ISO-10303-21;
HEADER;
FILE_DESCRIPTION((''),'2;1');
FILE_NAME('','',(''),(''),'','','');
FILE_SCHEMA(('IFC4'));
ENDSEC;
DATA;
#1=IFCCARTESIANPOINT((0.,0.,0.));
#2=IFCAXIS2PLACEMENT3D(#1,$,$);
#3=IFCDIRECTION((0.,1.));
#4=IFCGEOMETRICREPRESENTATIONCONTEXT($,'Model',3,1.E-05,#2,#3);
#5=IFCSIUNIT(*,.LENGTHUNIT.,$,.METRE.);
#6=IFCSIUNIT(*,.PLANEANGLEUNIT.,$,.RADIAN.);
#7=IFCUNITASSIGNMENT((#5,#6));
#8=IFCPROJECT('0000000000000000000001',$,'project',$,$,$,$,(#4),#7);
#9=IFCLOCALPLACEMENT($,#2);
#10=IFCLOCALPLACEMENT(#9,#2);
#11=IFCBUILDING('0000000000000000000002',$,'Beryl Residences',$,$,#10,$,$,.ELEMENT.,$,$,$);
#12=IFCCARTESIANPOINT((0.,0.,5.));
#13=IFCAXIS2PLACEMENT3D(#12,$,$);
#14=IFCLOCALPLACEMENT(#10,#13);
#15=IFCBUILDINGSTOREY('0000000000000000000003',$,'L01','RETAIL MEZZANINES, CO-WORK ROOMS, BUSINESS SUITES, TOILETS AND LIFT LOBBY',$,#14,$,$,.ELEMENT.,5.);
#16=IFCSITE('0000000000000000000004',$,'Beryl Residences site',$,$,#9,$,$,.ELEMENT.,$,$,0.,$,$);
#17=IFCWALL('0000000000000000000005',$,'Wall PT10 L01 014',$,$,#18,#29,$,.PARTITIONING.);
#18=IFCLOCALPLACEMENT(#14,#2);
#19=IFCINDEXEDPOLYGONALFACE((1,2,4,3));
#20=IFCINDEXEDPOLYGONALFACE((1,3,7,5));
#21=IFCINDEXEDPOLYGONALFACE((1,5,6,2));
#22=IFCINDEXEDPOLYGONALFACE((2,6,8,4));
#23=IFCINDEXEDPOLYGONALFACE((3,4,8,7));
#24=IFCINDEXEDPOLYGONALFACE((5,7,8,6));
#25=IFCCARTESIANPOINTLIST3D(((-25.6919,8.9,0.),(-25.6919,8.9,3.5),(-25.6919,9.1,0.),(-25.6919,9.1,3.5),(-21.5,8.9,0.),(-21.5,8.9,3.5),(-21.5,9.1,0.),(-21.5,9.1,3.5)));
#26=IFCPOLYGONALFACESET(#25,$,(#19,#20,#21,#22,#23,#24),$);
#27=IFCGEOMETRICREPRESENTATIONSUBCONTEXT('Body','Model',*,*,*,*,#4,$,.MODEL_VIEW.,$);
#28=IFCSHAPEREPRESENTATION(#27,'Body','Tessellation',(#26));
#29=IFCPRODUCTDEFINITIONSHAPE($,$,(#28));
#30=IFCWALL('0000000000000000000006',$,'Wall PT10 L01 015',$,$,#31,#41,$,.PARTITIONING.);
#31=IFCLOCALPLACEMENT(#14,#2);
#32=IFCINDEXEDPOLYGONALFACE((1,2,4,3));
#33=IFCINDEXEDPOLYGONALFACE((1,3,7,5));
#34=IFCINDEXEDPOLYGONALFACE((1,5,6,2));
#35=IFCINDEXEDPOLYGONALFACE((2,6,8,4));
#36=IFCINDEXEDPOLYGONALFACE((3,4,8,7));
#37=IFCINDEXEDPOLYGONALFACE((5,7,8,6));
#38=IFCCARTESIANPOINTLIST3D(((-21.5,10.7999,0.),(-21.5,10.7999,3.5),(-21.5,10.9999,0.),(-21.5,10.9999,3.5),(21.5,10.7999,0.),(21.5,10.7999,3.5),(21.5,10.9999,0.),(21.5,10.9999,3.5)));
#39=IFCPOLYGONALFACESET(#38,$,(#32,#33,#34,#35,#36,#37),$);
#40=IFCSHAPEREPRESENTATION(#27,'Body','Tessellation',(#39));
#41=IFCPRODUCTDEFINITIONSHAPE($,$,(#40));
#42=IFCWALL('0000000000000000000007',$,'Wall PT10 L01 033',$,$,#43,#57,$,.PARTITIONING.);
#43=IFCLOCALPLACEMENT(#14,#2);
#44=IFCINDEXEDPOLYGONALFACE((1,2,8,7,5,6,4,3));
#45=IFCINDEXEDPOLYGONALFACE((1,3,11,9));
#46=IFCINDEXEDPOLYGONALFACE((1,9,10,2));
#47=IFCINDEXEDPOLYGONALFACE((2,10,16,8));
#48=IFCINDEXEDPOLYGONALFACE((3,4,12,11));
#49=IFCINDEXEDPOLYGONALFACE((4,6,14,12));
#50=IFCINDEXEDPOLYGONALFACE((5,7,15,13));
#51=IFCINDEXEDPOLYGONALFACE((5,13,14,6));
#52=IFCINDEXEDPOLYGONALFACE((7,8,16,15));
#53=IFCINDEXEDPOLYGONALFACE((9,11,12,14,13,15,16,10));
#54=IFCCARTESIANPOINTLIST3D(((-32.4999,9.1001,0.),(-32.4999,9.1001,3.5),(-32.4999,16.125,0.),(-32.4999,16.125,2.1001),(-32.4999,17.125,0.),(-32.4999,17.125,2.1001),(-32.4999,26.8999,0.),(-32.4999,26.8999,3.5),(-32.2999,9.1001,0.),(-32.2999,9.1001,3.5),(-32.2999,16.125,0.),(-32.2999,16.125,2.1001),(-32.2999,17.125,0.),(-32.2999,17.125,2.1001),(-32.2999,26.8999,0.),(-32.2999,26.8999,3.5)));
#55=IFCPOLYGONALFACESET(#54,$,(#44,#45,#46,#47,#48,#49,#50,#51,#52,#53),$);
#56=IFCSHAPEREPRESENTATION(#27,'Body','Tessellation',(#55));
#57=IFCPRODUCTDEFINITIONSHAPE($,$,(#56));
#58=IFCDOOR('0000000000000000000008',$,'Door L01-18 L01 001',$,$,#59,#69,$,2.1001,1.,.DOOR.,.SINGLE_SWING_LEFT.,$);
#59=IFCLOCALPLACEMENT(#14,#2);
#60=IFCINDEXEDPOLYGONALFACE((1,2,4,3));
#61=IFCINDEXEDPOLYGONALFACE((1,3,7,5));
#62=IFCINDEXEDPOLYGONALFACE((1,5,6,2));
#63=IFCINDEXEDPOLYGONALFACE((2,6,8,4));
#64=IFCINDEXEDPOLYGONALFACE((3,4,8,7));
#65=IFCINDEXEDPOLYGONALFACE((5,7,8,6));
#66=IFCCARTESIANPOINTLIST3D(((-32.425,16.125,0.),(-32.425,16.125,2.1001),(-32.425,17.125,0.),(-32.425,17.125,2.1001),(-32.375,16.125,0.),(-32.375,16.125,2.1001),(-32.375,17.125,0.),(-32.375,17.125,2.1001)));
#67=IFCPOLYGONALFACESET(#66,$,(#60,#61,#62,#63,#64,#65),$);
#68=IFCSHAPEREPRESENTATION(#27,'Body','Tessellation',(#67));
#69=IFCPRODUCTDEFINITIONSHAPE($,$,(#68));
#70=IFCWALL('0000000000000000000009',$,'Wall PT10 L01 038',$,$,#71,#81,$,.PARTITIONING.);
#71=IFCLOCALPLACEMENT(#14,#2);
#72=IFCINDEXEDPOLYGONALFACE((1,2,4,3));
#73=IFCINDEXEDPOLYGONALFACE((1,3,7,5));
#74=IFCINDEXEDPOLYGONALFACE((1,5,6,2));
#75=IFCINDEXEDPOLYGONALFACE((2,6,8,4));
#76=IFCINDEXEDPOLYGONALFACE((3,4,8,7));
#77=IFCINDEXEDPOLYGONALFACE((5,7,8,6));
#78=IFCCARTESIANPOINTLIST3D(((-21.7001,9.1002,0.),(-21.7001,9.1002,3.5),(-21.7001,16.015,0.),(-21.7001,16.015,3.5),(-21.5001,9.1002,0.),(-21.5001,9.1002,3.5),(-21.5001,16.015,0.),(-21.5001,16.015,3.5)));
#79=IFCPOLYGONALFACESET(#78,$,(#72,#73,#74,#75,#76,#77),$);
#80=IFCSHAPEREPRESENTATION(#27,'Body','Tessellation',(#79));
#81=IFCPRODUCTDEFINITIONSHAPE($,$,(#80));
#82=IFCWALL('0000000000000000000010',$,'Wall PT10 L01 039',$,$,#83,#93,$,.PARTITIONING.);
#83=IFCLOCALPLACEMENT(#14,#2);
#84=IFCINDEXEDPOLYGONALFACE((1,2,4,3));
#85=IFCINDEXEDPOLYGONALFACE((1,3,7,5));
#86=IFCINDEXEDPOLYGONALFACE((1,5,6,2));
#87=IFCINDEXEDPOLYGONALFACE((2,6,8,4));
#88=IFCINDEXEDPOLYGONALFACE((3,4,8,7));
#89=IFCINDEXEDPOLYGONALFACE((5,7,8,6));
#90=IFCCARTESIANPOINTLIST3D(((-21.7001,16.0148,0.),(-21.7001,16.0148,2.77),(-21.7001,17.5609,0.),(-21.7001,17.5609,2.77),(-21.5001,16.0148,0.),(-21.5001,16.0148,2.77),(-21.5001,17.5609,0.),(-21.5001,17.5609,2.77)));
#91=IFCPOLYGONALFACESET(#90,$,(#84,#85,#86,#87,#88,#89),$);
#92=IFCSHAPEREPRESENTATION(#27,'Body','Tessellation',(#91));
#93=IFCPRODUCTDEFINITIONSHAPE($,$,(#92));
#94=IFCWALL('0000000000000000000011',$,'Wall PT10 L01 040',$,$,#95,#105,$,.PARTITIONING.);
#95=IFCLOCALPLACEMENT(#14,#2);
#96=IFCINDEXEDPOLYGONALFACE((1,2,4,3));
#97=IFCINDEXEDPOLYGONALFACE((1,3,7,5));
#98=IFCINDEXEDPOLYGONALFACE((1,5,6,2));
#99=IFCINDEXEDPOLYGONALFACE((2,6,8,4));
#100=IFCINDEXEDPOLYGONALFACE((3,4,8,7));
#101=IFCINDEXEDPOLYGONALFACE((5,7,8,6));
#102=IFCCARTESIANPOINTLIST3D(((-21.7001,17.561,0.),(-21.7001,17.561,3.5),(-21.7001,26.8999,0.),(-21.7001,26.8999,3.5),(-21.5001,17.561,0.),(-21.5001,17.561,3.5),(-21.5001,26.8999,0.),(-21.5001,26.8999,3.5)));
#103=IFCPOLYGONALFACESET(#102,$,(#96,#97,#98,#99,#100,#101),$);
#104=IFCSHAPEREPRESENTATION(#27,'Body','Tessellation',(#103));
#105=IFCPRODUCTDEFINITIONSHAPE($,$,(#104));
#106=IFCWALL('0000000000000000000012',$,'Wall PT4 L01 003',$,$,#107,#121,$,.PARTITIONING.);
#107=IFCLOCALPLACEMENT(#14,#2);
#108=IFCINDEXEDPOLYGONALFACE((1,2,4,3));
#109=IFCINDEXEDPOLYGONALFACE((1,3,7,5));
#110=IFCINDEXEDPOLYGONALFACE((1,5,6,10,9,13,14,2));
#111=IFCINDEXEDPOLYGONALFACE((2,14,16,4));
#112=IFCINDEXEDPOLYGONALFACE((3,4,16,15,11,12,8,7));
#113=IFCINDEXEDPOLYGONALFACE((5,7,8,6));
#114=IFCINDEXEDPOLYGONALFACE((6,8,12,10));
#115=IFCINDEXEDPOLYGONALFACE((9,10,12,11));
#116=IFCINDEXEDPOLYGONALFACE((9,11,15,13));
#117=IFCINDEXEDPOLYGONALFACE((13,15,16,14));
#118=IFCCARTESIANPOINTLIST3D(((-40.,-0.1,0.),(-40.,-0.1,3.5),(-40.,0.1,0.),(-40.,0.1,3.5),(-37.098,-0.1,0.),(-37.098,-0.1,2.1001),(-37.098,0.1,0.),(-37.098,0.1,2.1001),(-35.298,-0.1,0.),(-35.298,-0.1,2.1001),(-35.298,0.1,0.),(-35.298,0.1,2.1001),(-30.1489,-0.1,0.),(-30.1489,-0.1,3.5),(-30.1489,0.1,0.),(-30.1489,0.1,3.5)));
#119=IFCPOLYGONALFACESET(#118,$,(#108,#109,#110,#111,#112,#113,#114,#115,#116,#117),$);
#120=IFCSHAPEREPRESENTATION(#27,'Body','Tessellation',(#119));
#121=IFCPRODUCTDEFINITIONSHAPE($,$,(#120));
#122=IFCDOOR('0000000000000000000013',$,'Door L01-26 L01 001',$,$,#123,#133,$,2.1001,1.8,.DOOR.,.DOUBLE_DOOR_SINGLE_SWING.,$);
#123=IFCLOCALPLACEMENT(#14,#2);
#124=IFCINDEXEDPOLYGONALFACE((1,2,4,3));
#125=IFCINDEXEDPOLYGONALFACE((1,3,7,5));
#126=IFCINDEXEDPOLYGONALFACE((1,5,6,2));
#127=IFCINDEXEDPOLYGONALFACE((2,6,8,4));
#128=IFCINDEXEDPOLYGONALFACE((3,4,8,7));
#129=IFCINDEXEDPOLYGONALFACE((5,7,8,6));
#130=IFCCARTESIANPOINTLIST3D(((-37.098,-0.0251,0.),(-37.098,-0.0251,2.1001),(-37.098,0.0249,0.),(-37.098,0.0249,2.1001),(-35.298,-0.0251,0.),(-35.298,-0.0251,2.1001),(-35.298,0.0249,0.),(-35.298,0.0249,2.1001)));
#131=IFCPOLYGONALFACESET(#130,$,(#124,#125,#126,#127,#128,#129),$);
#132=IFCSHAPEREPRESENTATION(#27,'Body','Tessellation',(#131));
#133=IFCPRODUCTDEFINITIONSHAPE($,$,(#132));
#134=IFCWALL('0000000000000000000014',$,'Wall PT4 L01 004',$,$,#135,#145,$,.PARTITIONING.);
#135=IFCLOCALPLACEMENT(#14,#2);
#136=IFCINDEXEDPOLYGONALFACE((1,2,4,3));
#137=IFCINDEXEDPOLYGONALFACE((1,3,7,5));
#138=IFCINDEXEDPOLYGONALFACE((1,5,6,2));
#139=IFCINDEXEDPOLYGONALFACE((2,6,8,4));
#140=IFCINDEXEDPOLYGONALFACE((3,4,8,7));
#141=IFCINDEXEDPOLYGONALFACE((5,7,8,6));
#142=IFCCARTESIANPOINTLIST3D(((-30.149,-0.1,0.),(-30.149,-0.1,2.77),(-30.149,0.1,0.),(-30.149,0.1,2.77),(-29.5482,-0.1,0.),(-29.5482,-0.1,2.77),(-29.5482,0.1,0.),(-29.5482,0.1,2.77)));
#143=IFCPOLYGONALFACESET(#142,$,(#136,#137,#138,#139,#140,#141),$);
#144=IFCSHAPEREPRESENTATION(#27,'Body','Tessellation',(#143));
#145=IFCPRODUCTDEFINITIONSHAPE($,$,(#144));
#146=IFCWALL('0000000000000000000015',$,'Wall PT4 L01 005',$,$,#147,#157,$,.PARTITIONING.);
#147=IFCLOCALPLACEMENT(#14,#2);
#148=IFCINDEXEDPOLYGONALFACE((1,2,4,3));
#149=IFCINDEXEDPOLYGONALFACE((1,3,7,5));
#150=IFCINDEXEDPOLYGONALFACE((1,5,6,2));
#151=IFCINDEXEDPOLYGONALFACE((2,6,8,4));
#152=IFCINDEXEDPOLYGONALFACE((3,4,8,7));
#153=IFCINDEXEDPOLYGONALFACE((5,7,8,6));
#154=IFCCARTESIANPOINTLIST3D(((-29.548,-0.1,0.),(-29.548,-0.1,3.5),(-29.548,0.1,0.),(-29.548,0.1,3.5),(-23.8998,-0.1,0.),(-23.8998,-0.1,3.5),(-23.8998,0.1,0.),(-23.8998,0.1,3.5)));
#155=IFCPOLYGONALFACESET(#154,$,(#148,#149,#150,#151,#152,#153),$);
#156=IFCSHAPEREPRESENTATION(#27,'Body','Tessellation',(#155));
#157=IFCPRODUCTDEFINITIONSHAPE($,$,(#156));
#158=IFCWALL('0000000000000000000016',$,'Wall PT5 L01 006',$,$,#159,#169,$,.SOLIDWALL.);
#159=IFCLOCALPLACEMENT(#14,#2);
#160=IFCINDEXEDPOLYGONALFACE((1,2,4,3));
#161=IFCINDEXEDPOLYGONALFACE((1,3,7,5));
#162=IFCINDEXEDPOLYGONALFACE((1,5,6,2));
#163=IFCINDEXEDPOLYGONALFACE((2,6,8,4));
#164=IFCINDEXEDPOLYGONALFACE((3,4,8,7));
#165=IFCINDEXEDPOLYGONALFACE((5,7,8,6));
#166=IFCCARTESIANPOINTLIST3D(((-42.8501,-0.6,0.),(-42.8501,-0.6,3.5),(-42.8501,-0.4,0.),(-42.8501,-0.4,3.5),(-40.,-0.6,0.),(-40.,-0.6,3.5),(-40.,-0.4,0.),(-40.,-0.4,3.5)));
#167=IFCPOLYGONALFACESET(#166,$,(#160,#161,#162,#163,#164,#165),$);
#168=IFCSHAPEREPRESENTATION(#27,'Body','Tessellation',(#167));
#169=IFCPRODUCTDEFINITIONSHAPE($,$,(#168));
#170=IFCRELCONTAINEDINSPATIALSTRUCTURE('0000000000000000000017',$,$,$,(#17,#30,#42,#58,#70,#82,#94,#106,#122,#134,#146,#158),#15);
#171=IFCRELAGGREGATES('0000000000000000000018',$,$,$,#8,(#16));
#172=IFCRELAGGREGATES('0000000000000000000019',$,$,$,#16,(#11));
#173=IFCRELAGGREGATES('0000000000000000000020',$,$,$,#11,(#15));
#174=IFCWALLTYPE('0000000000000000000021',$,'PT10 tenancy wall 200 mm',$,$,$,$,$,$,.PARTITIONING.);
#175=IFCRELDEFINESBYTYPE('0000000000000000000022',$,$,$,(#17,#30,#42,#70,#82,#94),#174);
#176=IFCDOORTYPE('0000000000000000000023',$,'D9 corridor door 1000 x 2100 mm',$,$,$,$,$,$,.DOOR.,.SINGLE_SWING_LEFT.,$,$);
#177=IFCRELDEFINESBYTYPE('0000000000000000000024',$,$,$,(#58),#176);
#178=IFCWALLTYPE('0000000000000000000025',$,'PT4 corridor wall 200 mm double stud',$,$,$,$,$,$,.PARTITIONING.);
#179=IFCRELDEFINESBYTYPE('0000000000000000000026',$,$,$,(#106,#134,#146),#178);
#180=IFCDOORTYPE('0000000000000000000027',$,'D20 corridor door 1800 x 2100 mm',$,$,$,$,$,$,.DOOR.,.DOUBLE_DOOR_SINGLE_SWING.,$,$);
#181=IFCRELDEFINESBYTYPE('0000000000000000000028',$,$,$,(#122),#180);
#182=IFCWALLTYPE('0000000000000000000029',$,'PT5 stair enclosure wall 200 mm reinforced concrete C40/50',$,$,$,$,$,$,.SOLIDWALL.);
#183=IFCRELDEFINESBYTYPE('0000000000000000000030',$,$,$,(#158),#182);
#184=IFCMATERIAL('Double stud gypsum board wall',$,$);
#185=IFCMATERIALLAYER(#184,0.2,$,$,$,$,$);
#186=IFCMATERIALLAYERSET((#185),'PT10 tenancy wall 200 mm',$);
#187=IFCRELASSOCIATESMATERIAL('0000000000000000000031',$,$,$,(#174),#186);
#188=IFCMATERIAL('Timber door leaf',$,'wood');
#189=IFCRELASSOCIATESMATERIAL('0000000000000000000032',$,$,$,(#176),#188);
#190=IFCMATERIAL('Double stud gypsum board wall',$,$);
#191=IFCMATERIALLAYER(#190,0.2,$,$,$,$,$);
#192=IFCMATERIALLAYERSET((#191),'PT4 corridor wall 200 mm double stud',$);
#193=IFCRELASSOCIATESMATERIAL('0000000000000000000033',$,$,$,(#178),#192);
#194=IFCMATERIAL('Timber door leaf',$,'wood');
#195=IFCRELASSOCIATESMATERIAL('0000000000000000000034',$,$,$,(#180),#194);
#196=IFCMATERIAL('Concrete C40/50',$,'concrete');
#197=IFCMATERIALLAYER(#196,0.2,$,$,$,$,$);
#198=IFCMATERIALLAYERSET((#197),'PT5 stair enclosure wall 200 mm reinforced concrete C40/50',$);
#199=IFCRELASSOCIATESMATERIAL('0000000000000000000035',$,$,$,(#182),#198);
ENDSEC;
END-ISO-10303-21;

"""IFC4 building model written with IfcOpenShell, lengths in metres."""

from ifc_helpers import new_model, si_unit, direction, frame, frame_2d, origin, place, context, subcontext, project, spatial, rectangle, extrude, material, layer, layer_set, type_object, element, fill, save


model = new_model("IFC4")

# Units and contexts
model_context = context("Model", 3, precision=1e-05, world=origin(), true_north=direction((0.0, 1.0)))
body_context = subcontext(model_context, "Body", "Model", "MODEL_VIEW")
ifc_project = project(units=[si_unit("LENGTHUNIT", "METRE"), si_unit("PLANEANGLEUNIT", "RADIAN")], contexts=[model_context])

# Site, building, storey
site_placement = place(None, origin())
site = spatial("IfcSite", under=ifc_project, at=site_placement, Name="Beryl Residences site", CompositionType="ELEMENT", RefElevation=0.0)
building_placement = place(site_placement, origin())
building = spatial("IfcBuilding", under=site, at=building_placement, Name="Beryl Residences", CompositionType="ELEMENT")
storey_placement = place(building_placement, frame((0.0, 0.0, 5.0)))
storey = spatial("IfcBuildingStorey", under=building, at=storey_placement, Name="L01", Description="RETAIL MEZZANINES, CO-WORK ROOMS, BUSINESS SUITES, TOILETS AND LIFT LOBBY", CompositionType="ELEMENT", Elevation=5.0)

# Walls
ifc_material_1 = material(Name="Double stud gypsum board wall")
ifc_layer_1 = layer(ifc_material_1, 0.2)
ifc_layer_set_1 = layer_set([ifc_layer_1], Name="PT10 tenancy wall 200 mm")
wall_type_1 = type_object("IfcWallType", Name="PT10 tenancy wall 200 mm", PredefinedType="PARTITIONING", material=ifc_layer_set_1)
wall_1_placement = place(storey_placement, frame((-25.6919, 9.0, 0.0), z_axis=(0.0, 0.0, 1.0), x_axis=(1.0, 0.0, 0.0)))
element("IfcWall", 1, at=wall_1_placement, inside=storey, type_object=wall_type_1, Name="Wall PT10 L01 014", PredefinedType="PARTITIONING", context=body_context, shape_type="SweptSolid", body=[
    extrude(rectangle(XDim=4.1919, YDim=0.2, at=frame_2d((2.0959, 0.0))), origin(), (0.0, 0.0, 1.0), 3.5),
])
wall_2_placement = place(storey_placement, frame((-21.5, 10.8999, 0.0), z_axis=(0.0, 0.0, 1.0), x_axis=(1.0, 0.0, 0.0)))
element("IfcWall", 2, at=wall_2_placement, inside=storey, type_object=wall_type_1, Name="Wall PT10 L01 015", PredefinedType="PARTITIONING", context=body_context, shape_type="SweptSolid", body=[
    extrude(rectangle(XDim=43.0, YDim=0.2, at=frame_2d((21.5, 0.0))), origin(), (0.0, 0.0, 1.0), 3.5),
])

# Wall, opening, door
wall_3_placement = place(storey_placement, frame((-32.3999, 9.1001, 0.0), z_axis=(0.0, 0.0, 1.0), x_axis=(0.0, 1.0, 0.0)))
wall_3 = element("IfcWall", 3, at=wall_3_placement, inside=storey, type_object=wall_type_1, Name="Wall PT10 L01 033", PredefinedType="PARTITIONING", context=body_context, shape_type="SweptSolid", body=[
    extrude(rectangle(XDim=17.7998, YDim=0.2, at=frame_2d((8.8999, 0.0))), origin(), (0.0, 0.0, 1.0), 3.5),
])
opening_1_placement = place(wall_3_placement, frame((8.0249, 0.0, 0.0), z_axis=(0.0, 0.0, 1.0), x_axis=(-1.0, 0.0, 0.0)))
opening_1 = element("IfcOpeningElement", 4, at=opening_1_placement, cuts=wall_3, PredefinedType="OPENING", context=body_context, shape_type="SweptSolid", body=[
    extrude(rectangle(XDim=1.0, YDim=2.1001, at=frame_2d((0.5, 1.05))), frame((0.0, 0.1099, 0.0), z_axis=(0.0, -1.0, 0.0), x_axis=(1.0, 0.0, 0.0)), (0.0, 0.0, 1.0), 0.22),
])
ifc_material_2 = material(Name="Timber door leaf", Category="wood")
door_type_1 = type_object("IfcDoorType", Name="D9 corridor door 1000 x 2100 mm", OperationType="SINGLE_SWING_LEFT", PredefinedType="DOOR", material=ifc_material_2)
door_1_placement = place(opening_1_placement, origin())
door_1 = element("IfcDoor", 5, at=door_1_placement, inside=storey, type_object=door_type_1, Name="Door L01-18 L01 001", OperationType="SINGLE_SWING_LEFT", OverallHeight=2.1001, OverallWidth=1.0, PredefinedType="DOOR", context=body_context, shape_type="SweptSolid", body=[
    extrude(rectangle(XDim=1.0, YDim=2.1001, at=frame_2d((0.5, 1.05))), frame((0.0, 0.0249, 0.0), z_axis=(0.0, -1.0, 0.0), x_axis=(1.0, 0.0, 0.0)), (0.0, 0.0, 1.0), 0.05),
])
fill(opening_1, door_1)

# Walls
wall_4_placement = place(storey_placement, frame((-21.6001, 9.1001, 0.0), z_axis=(0.0, 0.0, 1.0), x_axis=(0.0, 1.0, 0.0)))
element("IfcWall", 6, at=wall_4_placement, inside=storey, type_object=wall_type_1, Name="Wall PT10 L01 038", PredefinedType="PARTITIONING", context=body_context, shape_type="SweptSolid", body=[
    extrude(rectangle(XDim=6.9148, YDim=0.2, at=frame_2d((3.4575, 0.0))), origin(), (0.0, 0.0, 1.0), 3.5),
])
wall_5_placement = place(storey_placement, frame((-21.6001, 16.0149, 0.0), z_axis=(0.0, 0.0, 1.0), x_axis=(0.0, 1.0, 0.0)))
element("IfcWall", 7, at=wall_5_placement, inside=storey, type_object=wall_type_1, Name="Wall PT10 L01 039", PredefinedType="PARTITIONING", context=body_context, shape_type="SweptSolid", body=[
    extrude(rectangle(XDim=1.5461, YDim=0.2, at=frame_2d((0.7729, 0.0))), origin(), (0.0, 0.0, 1.0), 2.77),
])
wall_6_placement = place(storey_placement, frame((-21.6001, 17.561, 0.0), z_axis=(0.0, 0.0, 1.0), x_axis=(0.0, 1.0, 0.0)))
element("IfcWall", 8, at=wall_6_placement, inside=storey, type_object=wall_type_1, Name="Wall PT10 L01 040", PredefinedType="PARTITIONING", context=body_context, shape_type="SweptSolid", body=[
    extrude(rectangle(XDim=9.3389, YDim=0.2, at=frame_2d((4.6694, 0.0))), origin(), (0.0, 0.0, 1.0), 3.5),
])

# Wall, opening, door
ifc_material_3 = material(Name="Double stud gypsum board wall")
ifc_layer_2 = layer(ifc_material_3, 0.2)
ifc_layer_set_2 = layer_set([ifc_layer_2], Name="PT4 corridor wall 200 mm double stud")
wall_type_2 = type_object("IfcWallType", Name="PT4 corridor wall 200 mm double stud", PredefinedType="PARTITIONING", material=ifc_layer_set_2)
wall_7_placement = place(storey_placement, frame((-40.0, 0.0, 0.0), z_axis=(0.0, 0.0, 1.0), x_axis=(1.0, 0.0, 0.0)))
wall_7 = element("IfcWall", 9, at=wall_7_placement, inside=storey, type_object=wall_type_2, Name="Wall PT4 L01 003", PredefinedType="PARTITIONING", context=body_context, shape_type="SweptSolid", body=[
    extrude(rectangle(XDim=9.8511, YDim=0.2, at=frame_2d((4.9255, 0.0))), origin(), (0.0, 0.0, 1.0), 3.5),
])
opening_2_placement = place(wall_7_placement, frame((2.9021, 0.0, 0.0)))
opening_2 = element("IfcOpeningElement", 10, at=opening_2_placement, cuts=wall_7, PredefinedType="OPENING", context=body_context, shape_type="SweptSolid", body=[
    extrude(rectangle(XDim=1.8, YDim=2.1001, at=frame_2d((0.8999, 1.05))), frame((0.0, 0.1099, 0.0), z_axis=(0.0, -1.0, 0.0), x_axis=(1.0, 0.0, 0.0)), (0.0, 0.0, 1.0), 0.22),
])
ifc_material_4 = material(Name="Timber door leaf", Category="wood")
door_type_2 = type_object("IfcDoorType", Name="D20 corridor door 1800 x 2100 mm", OperationType="DOUBLE_DOOR_SINGLE_SWING", PredefinedType="DOOR", material=ifc_material_4)
door_2_placement = place(opening_2_placement, origin())
door_2 = element("IfcDoor", 11, at=door_2_placement, inside=storey, type_object=door_type_2, Name="Door L01-26 L01 001", OperationType="DOUBLE_DOOR_SINGLE_SWING", OverallHeight=2.1001, OverallWidth=1.8, PredefinedType="DOOR", context=body_context, shape_type="SweptSolid", body=[
    extrude(rectangle(XDim=1.8, YDim=2.1001, at=frame_2d((0.8999, 1.05))), frame((0.0, 0.0249, 0.0), z_axis=(0.0, -1.0, 0.0), x_axis=(1.0, 0.0, 0.0)), (0.0, 0.0, 1.0), 0.05),
])
fill(opening_2, door_2)

# Walls
wall_8_placement = place(storey_placement, frame((-30.1489, 0.0, 0.0), z_axis=(0.0, 0.0, 1.0), x_axis=(1.0, 0.0, 0.0)))
element("IfcWall", 12, at=wall_8_placement, inside=storey, type_object=wall_type_2, Name="Wall PT4 L01 004", PredefinedType="PARTITIONING", context=body_context, shape_type="SweptSolid", body=[
    extrude(rectangle(XDim=0.6008, YDim=0.2, at=frame_2d((0.3003, 0.0))), origin(), (0.0, 0.0, 1.0), 2.77),
])
wall_9_placement = place(storey_placement, frame((-29.5481, 0.0, 0.0), z_axis=(0.0, 0.0, 1.0), x_axis=(1.0, 0.0, 0.0)))
element("IfcWall", 13, at=wall_9_placement, inside=storey, type_object=wall_type_2, Name="Wall PT4 L01 005", PredefinedType="PARTITIONING", context=body_context, shape_type="SweptSolid", body=[
    extrude(rectangle(XDim=5.6482, YDim=0.2, at=frame_2d((2.8242, 0.0))), origin(), (0.0, 0.0, 1.0), 3.5),
])
ifc_material_5 = material(Name="Concrete C40/50", Category="concrete")
ifc_layer_3 = layer(ifc_material_5, 0.2)
ifc_layer_set_3 = layer_set([ifc_layer_3], Name="PT5 stair enclosure wall 200 mm reinforced concrete C40/50")
wall_type_3 = type_object("IfcWallType", Name="PT5 stair enclosure wall 200 mm reinforced concrete C40/50", PredefinedType="SOLIDWALL", material=ifc_layer_set_3)
wall_10_placement = place(storey_placement, frame((-42.8501, -0.5, 0.0), z_axis=(0.0, 0.0, 1.0), x_axis=(1.0, 0.0, 0.0)))
element("IfcWall", 14, at=wall_10_placement, inside=storey, type_object=wall_type_3, Name="Wall PT5 L01 006", PredefinedType="SOLIDWALL", context=body_context, shape_type="SweptSolid", body=[
    extrude(rectangle(XDim=2.8501, YDim=0.2, at=frame_2d((1.425, 0.0))), origin(), (0.0, 0.0, 1.0), 3.5),
])

save(model, "model.ifc")
